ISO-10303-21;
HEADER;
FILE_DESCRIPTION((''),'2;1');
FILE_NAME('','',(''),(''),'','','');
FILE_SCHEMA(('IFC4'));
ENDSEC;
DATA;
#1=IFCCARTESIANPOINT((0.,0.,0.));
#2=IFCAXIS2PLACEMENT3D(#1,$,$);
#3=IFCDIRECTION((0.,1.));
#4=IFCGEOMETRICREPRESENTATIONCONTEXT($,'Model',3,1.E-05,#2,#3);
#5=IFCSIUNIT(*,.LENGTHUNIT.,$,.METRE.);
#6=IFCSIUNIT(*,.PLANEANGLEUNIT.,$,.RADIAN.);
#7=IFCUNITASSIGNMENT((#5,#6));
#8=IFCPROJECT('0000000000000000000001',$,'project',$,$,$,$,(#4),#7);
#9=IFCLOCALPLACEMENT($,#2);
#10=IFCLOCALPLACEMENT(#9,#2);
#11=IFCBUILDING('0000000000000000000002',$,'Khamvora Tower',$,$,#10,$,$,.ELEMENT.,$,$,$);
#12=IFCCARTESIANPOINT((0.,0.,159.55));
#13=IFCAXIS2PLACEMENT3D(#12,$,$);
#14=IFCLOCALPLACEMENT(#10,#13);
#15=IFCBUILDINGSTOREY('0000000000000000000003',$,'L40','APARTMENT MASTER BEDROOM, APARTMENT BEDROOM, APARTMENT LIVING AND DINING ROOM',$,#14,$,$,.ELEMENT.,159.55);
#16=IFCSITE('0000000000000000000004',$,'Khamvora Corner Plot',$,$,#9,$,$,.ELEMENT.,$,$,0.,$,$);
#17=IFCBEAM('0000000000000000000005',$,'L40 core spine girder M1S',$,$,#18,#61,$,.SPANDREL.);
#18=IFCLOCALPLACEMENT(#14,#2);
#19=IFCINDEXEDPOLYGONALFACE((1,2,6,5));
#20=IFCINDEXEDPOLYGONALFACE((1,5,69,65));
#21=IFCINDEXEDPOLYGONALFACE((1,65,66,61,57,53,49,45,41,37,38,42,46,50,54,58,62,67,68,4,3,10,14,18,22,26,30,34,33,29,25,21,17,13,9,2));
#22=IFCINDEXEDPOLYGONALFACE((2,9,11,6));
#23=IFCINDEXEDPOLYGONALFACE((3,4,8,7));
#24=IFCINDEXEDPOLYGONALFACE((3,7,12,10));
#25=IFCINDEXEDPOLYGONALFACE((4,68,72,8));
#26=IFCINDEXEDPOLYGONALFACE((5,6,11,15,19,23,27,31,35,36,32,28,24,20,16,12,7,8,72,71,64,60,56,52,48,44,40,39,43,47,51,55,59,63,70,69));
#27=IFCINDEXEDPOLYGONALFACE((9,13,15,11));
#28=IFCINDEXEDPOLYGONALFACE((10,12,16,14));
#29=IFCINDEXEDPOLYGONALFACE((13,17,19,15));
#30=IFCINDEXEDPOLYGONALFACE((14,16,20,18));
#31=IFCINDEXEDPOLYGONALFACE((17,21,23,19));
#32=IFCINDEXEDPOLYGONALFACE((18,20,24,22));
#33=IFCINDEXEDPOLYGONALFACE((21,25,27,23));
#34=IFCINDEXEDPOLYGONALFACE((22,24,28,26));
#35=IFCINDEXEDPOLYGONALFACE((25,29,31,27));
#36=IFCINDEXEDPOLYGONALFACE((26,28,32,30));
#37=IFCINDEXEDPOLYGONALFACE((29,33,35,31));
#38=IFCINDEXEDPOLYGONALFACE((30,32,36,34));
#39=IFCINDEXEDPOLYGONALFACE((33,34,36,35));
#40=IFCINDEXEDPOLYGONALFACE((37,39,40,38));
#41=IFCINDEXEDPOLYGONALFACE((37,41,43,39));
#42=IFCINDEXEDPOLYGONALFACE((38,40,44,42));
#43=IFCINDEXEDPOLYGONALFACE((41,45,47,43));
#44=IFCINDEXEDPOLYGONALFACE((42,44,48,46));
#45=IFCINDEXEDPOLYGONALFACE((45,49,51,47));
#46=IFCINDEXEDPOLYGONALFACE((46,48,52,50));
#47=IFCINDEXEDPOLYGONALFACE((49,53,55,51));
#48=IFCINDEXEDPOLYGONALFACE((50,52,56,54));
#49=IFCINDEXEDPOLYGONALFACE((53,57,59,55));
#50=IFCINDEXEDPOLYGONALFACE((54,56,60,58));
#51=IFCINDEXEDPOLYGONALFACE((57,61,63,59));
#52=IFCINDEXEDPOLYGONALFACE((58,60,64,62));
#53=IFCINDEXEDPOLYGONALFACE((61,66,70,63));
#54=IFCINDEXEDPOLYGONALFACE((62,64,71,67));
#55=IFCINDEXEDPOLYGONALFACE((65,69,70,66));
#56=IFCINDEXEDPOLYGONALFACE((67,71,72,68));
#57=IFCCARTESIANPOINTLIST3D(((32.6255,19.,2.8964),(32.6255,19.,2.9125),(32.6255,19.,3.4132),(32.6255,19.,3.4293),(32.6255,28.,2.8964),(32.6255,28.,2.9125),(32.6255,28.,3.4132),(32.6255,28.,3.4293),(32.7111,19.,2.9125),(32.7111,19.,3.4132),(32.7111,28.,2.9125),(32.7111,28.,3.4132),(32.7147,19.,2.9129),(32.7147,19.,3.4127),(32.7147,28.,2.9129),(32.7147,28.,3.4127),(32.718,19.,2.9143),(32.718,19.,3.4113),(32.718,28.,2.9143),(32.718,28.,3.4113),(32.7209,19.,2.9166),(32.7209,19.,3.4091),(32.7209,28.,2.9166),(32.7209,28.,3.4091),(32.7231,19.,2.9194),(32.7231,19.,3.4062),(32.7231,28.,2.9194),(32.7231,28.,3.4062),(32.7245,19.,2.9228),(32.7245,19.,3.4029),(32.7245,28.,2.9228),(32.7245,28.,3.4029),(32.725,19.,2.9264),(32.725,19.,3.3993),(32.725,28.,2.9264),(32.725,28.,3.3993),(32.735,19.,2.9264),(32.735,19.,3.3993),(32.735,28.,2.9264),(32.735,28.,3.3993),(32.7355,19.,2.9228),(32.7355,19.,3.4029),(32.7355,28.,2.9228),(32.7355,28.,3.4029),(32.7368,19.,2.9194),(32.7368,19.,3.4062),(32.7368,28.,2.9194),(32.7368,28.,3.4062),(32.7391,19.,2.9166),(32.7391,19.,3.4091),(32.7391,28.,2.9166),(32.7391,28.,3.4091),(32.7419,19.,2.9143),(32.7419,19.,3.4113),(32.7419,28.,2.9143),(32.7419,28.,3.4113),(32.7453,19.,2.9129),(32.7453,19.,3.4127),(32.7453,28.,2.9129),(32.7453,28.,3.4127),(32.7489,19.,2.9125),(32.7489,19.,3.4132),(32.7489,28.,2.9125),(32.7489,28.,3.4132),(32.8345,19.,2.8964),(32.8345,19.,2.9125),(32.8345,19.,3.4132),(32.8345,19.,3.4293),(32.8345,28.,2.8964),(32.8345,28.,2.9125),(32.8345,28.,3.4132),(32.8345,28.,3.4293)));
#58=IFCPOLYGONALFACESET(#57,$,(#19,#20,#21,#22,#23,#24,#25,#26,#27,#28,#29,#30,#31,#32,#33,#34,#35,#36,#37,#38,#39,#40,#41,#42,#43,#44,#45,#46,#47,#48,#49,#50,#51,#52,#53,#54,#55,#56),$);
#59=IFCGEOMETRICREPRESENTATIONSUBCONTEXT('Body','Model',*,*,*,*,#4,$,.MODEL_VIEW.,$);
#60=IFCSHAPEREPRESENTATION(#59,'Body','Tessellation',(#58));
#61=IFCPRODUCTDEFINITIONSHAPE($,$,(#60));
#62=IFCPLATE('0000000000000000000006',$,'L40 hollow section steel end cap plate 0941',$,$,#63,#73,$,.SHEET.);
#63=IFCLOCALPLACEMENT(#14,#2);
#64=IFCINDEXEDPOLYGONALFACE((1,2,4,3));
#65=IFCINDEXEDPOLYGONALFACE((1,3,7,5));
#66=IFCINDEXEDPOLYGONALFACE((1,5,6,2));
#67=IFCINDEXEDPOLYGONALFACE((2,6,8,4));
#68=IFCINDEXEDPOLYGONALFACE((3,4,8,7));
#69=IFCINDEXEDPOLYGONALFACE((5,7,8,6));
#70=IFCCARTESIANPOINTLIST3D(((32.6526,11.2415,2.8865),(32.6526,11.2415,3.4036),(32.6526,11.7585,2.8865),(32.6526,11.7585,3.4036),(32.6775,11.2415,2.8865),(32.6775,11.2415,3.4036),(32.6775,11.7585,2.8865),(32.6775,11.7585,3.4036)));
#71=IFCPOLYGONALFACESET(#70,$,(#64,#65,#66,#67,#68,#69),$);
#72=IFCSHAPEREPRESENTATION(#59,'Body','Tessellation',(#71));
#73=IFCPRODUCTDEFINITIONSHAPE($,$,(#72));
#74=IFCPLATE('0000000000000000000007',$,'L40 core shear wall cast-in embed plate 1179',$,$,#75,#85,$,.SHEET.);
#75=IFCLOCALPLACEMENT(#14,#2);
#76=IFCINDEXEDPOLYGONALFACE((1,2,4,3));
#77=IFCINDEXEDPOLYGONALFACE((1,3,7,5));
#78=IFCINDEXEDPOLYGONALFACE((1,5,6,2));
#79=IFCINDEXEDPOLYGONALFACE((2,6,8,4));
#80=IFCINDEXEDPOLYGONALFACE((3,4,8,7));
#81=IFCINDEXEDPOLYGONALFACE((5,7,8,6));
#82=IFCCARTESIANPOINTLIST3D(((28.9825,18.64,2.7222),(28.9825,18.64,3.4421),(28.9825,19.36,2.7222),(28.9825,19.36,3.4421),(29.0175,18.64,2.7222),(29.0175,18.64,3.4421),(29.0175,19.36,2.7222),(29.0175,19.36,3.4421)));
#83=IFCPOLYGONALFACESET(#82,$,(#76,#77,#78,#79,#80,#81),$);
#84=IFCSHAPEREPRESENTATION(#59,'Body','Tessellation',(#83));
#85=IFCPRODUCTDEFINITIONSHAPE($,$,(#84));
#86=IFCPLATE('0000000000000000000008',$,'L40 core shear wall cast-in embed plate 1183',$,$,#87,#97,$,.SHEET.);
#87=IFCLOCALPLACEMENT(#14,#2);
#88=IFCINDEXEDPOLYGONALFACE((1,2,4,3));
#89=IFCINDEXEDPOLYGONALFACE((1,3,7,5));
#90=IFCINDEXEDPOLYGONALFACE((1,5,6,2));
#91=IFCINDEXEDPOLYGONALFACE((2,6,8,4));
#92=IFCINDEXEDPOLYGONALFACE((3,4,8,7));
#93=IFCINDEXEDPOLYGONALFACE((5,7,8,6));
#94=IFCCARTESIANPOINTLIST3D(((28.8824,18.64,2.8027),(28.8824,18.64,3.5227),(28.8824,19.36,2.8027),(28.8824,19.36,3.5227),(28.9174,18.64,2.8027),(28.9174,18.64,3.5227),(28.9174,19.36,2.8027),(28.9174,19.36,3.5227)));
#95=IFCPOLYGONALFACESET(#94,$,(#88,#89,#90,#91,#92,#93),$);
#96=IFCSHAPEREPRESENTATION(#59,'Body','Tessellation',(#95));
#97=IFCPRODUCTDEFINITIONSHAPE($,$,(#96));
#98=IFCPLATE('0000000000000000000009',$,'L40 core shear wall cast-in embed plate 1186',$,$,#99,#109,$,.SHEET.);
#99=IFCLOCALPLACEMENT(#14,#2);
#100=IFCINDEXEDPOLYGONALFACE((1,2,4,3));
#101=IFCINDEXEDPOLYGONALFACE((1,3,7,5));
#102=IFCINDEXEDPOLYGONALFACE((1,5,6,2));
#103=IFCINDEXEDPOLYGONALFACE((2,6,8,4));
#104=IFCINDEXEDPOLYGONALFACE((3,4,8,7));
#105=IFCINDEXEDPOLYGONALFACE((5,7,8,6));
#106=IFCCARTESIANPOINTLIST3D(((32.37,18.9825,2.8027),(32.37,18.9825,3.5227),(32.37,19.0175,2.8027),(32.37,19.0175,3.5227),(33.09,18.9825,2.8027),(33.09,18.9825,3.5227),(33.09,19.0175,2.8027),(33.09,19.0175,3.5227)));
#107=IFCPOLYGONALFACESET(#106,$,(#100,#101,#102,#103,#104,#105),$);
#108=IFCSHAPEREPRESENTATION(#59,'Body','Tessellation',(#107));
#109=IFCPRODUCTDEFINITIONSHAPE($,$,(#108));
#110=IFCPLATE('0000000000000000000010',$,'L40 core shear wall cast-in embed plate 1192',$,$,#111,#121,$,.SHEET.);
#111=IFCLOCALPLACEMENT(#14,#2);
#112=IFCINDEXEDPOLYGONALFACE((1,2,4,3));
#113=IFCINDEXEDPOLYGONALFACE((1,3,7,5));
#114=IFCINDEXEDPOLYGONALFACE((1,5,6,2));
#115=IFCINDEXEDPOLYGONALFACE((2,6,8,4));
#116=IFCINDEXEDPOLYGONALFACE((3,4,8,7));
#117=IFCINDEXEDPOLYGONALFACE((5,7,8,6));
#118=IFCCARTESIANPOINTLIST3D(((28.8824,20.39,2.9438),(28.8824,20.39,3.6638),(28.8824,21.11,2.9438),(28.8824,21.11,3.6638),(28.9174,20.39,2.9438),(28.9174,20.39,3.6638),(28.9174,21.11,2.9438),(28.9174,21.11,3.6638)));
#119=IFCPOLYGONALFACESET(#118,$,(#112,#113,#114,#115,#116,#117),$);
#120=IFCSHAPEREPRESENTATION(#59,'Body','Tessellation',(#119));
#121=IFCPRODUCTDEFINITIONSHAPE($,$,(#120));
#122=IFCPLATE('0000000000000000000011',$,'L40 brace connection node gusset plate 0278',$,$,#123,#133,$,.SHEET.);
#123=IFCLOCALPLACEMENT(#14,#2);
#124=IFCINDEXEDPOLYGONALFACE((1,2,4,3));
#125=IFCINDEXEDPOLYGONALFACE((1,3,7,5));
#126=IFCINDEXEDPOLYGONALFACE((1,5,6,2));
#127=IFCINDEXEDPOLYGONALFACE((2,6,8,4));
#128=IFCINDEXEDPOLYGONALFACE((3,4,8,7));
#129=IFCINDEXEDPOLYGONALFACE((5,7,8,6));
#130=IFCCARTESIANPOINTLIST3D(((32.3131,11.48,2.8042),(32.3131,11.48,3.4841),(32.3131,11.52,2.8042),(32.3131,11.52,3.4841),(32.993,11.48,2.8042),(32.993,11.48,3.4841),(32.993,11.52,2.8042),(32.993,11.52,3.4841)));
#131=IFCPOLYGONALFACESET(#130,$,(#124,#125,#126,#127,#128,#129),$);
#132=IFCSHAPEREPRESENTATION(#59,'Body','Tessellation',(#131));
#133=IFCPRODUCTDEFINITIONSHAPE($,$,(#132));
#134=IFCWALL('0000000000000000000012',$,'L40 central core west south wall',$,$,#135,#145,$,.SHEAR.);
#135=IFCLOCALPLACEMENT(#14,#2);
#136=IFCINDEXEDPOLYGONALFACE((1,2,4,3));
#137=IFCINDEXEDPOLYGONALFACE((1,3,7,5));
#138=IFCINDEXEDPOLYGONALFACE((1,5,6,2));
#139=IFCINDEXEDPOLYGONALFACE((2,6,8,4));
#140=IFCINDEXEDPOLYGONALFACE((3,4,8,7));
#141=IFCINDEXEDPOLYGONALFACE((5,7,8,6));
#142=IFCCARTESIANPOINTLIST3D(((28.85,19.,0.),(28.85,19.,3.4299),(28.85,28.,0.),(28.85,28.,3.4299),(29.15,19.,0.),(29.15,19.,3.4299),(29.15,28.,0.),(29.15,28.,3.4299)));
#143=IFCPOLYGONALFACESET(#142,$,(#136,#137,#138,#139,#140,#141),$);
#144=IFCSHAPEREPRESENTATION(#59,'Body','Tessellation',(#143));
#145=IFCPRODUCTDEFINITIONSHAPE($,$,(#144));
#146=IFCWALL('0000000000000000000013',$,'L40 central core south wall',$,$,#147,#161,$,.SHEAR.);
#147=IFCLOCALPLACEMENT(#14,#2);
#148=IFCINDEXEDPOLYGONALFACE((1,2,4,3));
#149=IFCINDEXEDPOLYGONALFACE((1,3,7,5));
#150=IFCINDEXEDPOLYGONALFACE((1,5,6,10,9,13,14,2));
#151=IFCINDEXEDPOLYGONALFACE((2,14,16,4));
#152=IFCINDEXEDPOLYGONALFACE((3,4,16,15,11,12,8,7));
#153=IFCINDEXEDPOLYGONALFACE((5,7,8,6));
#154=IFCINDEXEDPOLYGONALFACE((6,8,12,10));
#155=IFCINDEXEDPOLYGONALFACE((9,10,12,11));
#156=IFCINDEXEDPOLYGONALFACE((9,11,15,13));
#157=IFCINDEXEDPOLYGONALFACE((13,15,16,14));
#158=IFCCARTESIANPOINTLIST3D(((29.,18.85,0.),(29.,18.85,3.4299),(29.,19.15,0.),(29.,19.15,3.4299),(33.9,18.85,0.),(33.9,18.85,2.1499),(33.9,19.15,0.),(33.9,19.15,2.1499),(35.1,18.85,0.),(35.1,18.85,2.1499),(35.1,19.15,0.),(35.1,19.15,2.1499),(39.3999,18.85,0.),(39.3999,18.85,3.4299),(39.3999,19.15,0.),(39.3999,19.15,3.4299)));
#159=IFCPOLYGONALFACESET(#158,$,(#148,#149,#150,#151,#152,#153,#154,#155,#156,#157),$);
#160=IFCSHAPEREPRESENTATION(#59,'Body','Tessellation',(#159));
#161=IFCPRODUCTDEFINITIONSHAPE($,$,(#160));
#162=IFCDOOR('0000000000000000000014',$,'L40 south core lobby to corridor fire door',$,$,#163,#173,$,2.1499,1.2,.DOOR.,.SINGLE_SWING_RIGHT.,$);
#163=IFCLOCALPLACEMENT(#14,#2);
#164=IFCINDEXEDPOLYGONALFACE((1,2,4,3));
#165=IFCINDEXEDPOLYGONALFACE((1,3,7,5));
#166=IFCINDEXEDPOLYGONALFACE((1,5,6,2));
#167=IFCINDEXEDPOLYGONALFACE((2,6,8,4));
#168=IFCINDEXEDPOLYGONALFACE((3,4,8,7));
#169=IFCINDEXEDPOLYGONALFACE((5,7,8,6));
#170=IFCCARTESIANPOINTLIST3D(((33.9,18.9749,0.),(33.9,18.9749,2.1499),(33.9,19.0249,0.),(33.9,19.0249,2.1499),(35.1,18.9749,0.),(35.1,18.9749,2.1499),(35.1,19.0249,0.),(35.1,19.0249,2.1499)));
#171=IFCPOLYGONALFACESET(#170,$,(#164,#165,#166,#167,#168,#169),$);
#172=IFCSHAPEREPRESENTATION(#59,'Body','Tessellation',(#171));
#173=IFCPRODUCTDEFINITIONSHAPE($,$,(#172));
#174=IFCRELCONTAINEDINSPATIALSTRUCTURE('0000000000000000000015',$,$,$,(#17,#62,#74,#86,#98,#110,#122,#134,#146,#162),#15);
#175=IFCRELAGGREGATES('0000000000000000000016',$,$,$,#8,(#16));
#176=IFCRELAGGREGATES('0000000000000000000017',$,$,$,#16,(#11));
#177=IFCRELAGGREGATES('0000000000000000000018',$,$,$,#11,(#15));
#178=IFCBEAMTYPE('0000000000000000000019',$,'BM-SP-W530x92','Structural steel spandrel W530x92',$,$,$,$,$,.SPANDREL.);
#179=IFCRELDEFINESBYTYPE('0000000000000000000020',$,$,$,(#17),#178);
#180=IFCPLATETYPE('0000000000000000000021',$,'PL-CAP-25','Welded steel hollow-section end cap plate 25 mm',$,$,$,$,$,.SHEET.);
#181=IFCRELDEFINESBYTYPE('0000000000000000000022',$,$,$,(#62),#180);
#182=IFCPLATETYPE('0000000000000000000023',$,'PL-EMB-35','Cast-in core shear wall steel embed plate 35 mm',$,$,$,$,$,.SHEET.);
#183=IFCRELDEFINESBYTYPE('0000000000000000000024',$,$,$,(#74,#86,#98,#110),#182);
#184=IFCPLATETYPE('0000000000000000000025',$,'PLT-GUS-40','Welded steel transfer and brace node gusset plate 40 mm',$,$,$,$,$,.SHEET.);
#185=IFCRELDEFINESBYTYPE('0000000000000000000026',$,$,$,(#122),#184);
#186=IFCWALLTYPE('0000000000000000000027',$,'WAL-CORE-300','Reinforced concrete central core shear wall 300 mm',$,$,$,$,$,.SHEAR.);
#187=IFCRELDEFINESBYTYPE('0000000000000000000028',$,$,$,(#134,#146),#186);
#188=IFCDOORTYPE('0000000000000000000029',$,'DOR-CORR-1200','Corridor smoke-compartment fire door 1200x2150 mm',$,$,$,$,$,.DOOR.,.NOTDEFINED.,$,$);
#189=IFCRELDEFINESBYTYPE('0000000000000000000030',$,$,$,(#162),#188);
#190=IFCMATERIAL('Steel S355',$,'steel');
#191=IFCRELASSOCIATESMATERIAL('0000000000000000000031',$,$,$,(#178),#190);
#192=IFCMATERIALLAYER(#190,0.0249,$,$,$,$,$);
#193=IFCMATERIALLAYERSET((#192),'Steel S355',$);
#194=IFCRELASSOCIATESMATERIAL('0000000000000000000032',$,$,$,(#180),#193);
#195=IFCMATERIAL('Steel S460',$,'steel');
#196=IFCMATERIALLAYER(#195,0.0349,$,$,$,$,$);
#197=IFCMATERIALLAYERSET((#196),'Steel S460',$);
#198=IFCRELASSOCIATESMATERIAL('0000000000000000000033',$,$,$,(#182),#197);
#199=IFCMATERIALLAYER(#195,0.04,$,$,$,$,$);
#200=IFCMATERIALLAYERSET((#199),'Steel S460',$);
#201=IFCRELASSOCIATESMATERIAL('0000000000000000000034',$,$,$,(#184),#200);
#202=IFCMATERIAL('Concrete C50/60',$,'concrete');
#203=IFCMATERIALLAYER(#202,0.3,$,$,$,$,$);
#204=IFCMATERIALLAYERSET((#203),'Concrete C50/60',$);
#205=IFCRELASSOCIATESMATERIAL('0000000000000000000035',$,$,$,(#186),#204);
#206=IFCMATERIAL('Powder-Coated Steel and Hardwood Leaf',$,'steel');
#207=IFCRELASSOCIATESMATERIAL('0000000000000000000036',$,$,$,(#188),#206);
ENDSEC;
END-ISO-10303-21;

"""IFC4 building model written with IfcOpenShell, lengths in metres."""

from ifc_helpers import new_model, si_unit, direction, frame, frame_2d, origin, origin_2d, place, context, subcontext, project, spatial, rectangle, i_section, extrude, material, layer, layer_set, material_profile, profile_set, type_object, element, fill, save


model = new_model("IFC4")

# Units and contexts
model_context = context("Model", 3, precision=1e-05, world=origin(), true_north=direction((0.0, 1.0)))
body_context = subcontext(model_context, "Body", "Model", "MODEL_VIEW")
ifc_project = project(units=[si_unit("LENGTHUNIT", "METRE"), si_unit("PLANEANGLEUNIT", "RADIAN")], contexts=[model_context])

# Site, building, storey
site_placement = place(None, origin())
site = spatial("IfcSite", under=ifc_project, at=site_placement, Name="Khamvora Corner Plot", CompositionType="ELEMENT", RefElevation=0.0)
building_placement = place(site_placement, origin())
building = spatial("IfcBuilding", under=site, at=building_placement, Name="Khamvora Tower", CompositionType="ELEMENT")
storey_placement = place(building_placement, frame((0.0, 0.0, 159.55)))
storey = spatial("IfcBuildingStorey", under=building, at=storey_placement, Name="L40", Description="APARTMENT MASTER BEDROOM, APARTMENT BEDROOM, APARTMENT LIVING AND DINING ROOM", CompositionType="ELEMENT", Elevation=159.55)

# Shared definitions
ifc_material_1 = material(Name="Steel S460", Category="steel")
ifc_material_2 = material(Name="Steel S355", Category="steel")

# Beam
ifc_material_profile_1 = material_profile(ifc_material_2, i_section(OverallWidth=0.209, OverallDepth=0.533, WebThickness=0.01, FlangeThickness=0.0161, FilletRadius=0.0139, at=origin_2d()), Name="W530x92")
ifc_profile_set_1 = profile_set([ifc_material_profile_1], Name="Steel S355")
beam_type_1 = type_object("IfcBeamType", Name="BM-SP-W530x92", Description="Structural steel spandrel W530x92", PredefinedType="SPANDREL", material=ifc_profile_set_1)
for number, where, z_axis, x_axis, name in (
    (1, (32.73, 19.0, 3.1628), (0.0, 1.0, 0.0), (-1.0, 0.0, 0.0), "L40 core spine girder M1S"),
):
    element("IfcBeam", number, at=place(storey_placement, frame(where, z_axis=z_axis, x_axis=x_axis)), inside=storey, type_object=beam_type_1, Name=name, PredefinedType="SPANDREL", context=body_context, shape_type="SweptSolid", body=[
        extrude(i_section(OverallWidth=0.209, OverallDepth=0.533, WebThickness=0.01, FlangeThickness=0.0161, FilletRadius=0.0139, at=origin_2d()), origin(), (0.0, 0.0, 1.0), 9.0),
    ])

# Plates
ifc_layer_1 = layer(ifc_material_2, 0.0249)
ifc_layer_set_1 = layer_set([ifc_layer_1], Name="Steel S355")
plate_type_1 = type_object("IfcPlateType", Name="PL-CAP-25", Description="Welded steel hollow-section end cap plate 25 mm", PredefinedType="SHEET", material=ifc_layer_set_1)
plate_1_placement = place(storey_placement, frame((32.665, 11.5, 2.8865), z_axis=(0.0, 0.0, 1.0), x_axis=(1.0, 0.0, 0.0)))
element("IfcPlate", 2, at=plate_1_placement, inside=storey, type_object=plate_type_1, Name="L40 hollow section steel end cap plate 0941", PredefinedType="SHEET", context=body_context, shape_type="SweptSolid", body=[
    extrude(rectangle(XDim=0.0249, YDim=0.5171, at=origin_2d()), origin(), (0.0, 0.0, 1.0), 0.5171),
])
ifc_layer_2 = layer(ifc_material_1, 0.0349)
ifc_layer_set_2 = layer_set([ifc_layer_2], Name="Steel S460")
plate_type_2 = type_object("IfcPlateType", Name="PL-EMB-35", Description="Cast-in core shear wall steel embed plate 35 mm", PredefinedType="SHEET", material=ifc_layer_set_2)
for number, where, z_axis, x_axis, name in (
    (3, (29.0, 19.0, 2.7222), (0.0, 0.0, 1.0), (1.0, 0.0, 0.0), "L40 core shear wall cast-in embed plate 1179"),
    (4, (28.8999, 19.0, 2.8027), (0.0, 0.0, 1.0), (1.0, 0.0, 0.0), "L40 core shear wall cast-in embed plate 1183"),
):
    element("IfcPlate", number, at=place(storey_placement, frame(where, z_axis=z_axis, x_axis=x_axis)), inside=storey, type_object=plate_type_2, Name=name, PredefinedType="SHEET", context=body_context, shape_type="SweptSolid", body=[
        extrude(rectangle(XDim=0.0349, YDim=0.72, at=origin_2d()), origin(), (0.0, 0.0, 1.0), 0.72),
    ])
plate_2_placement = place(storey_placement, frame((32.73, 19.0, 2.8027), z_axis=(0.0, 0.0, 1.0), x_axis=(1.0, 0.0, 0.0)))
element("IfcPlate", 5, at=plate_2_placement, inside=storey, type_object=plate_type_2, Name="L40 core shear wall cast-in embed plate 1186", PredefinedType="SHEET", context=body_context, shape_type="SweptSolid", body=[
    extrude(rectangle(XDim=0.72, YDim=0.0349, at=origin_2d()), origin(), (0.0, 0.0, 1.0), 0.72),
])
plate_3_placement = place(storey_placement, frame((28.8999, 20.75, 2.9438), z_axis=(0.0, 0.0, 1.0), x_axis=(1.0, 0.0, 0.0)))
element("IfcPlate", 6, at=plate_3_placement, inside=storey, type_object=plate_type_2, Name="L40 core shear wall cast-in embed plate 1192", PredefinedType="SHEET", context=body_context, shape_type="SweptSolid", body=[
    extrude(rectangle(XDim=0.0349, YDim=0.72, at=origin_2d()), origin(), (0.0, 0.0, 1.0), 0.72),
])
ifc_layer_3 = layer(ifc_material_1, 0.04)
ifc_layer_set_3 = layer_set([ifc_layer_3], Name="Steel S460")
plate_type_3 = type_object("IfcPlateType", Name="PLT-GUS-40", Description="Welded steel transfer and brace node gusset plate 40 mm", PredefinedType="SHEET", material=ifc_layer_set_3)
plate_4_placement = place(storey_placement, frame((32.6531, 11.5, 2.8042), z_axis=(0.0, 0.0, 1.0), x_axis=(1.0, 0.0, 0.0)))
element("IfcPlate", 7, at=plate_4_placement, inside=storey, type_object=plate_type_3, Name="L40 brace connection node gusset plate 0278", PredefinedType="SHEET", context=body_context, shape_type="SweptSolid", body=[
    extrude(rectangle(XDim=0.6799, YDim=0.04, at=origin_2d()), origin(), (0.0, 0.0, 1.0), 0.6799),
])

# Wall
ifc_material_3 = material(Name="Concrete C50/60", Category="concrete")
ifc_layer_4 = layer(ifc_material_3, 0.3)
ifc_layer_set_4 = layer_set([ifc_layer_4], Name="Concrete C50/60")
wall_type_1 = type_object("IfcWallType", Name="WAL-CORE-300", Description="Reinforced concrete central core shear wall 300 mm", PredefinedType="SHEAR", material=ifc_layer_set_4)
wall_1_placement = place(storey_placement, frame((29.0, 19.0, 0.0), z_axis=(0.0, 0.0, 1.0), x_axis=(0.0, 1.0, 0.0)))
element("IfcWall", 8, at=wall_1_placement, inside=storey, type_object=wall_type_1, Name="L40 central core west south wall", PredefinedType="SHEAR", context=body_context, shape_type="SweptSolid", body=[
    extrude(rectangle(XDim=9.0, YDim=0.3, at=frame_2d((4.5, 0.0))), origin(), (0.0, 0.0, 1.0), 3.4299),
])

# Wall, opening, door
wall_2_placement = place(storey_placement, frame((29.0, 19.0, 0.0), z_axis=(0.0, 0.0, 1.0), x_axis=(1.0, 0.0, 0.0)))
wall_2 = element("IfcWall", 9, at=wall_2_placement, inside=storey, type_object=wall_type_1, Name="L40 central core south wall", PredefinedType="SHEAR", context=body_context, shape_type="SweptSolid", body=[
    extrude(rectangle(XDim=10.3999, YDim=0.3, at=frame_2d((5.2, 0.0))), origin(), (0.0, 0.0, 1.0), 3.4299),
])
opening_1_placement = place(wall_2_placement, frame((4.8999, 0.0, 0.0)))
opening_1 = element("IfcOpeningElement", 10, at=opening_1_placement, cuts=wall_2, PredefinedType="OPENING", context=body_context, shape_type="SweptSolid", body=[
    extrude(rectangle(XDim=1.2, YDim=2.1499, at=frame_2d((0.6001, 1.075))), frame((0.0, 0.1599, 0.0), z_axis=(0.0, -1.0, 0.0), x_axis=(1.0, 0.0, 0.0)), (0.0, 0.0, 1.0), 0.3201),
])
ifc_material_4 = material(Name="Powder-Coated Steel and Hardwood Leaf", Category="steel")
door_type_1 = type_object("IfcDoorType", Name="DOR-CORR-1200", Description="Corridor smoke-compartment fire door 1200x2150 mm", OperationType="NOTDEFINED", PredefinedType="DOOR", material=ifc_material_4)
door_1_placement = place(opening_1_placement, origin())
door_1 = element("IfcDoor", 11, at=door_1_placement, inside=storey, type_object=door_type_1, Name="L40 south core lobby to corridor fire door", OperationType="SINGLE_SWING_RIGHT", OverallHeight=2.1499, OverallWidth=1.2, PredefinedType="DOOR", context=body_context, shape_type="SweptSolid", body=[
    extrude(rectangle(XDim=1.2, YDim=2.1499, at=frame_2d((0.6001, 1.075))), frame((0.0, 0.0249, 0.0), z_axis=(0.0, -1.0, 0.0), x_axis=(1.0, 0.0, 0.0)), (0.0, 0.0, 1.0), 0.05),
])
fill(opening_1, door_1)

save(model, "model.ifc")
